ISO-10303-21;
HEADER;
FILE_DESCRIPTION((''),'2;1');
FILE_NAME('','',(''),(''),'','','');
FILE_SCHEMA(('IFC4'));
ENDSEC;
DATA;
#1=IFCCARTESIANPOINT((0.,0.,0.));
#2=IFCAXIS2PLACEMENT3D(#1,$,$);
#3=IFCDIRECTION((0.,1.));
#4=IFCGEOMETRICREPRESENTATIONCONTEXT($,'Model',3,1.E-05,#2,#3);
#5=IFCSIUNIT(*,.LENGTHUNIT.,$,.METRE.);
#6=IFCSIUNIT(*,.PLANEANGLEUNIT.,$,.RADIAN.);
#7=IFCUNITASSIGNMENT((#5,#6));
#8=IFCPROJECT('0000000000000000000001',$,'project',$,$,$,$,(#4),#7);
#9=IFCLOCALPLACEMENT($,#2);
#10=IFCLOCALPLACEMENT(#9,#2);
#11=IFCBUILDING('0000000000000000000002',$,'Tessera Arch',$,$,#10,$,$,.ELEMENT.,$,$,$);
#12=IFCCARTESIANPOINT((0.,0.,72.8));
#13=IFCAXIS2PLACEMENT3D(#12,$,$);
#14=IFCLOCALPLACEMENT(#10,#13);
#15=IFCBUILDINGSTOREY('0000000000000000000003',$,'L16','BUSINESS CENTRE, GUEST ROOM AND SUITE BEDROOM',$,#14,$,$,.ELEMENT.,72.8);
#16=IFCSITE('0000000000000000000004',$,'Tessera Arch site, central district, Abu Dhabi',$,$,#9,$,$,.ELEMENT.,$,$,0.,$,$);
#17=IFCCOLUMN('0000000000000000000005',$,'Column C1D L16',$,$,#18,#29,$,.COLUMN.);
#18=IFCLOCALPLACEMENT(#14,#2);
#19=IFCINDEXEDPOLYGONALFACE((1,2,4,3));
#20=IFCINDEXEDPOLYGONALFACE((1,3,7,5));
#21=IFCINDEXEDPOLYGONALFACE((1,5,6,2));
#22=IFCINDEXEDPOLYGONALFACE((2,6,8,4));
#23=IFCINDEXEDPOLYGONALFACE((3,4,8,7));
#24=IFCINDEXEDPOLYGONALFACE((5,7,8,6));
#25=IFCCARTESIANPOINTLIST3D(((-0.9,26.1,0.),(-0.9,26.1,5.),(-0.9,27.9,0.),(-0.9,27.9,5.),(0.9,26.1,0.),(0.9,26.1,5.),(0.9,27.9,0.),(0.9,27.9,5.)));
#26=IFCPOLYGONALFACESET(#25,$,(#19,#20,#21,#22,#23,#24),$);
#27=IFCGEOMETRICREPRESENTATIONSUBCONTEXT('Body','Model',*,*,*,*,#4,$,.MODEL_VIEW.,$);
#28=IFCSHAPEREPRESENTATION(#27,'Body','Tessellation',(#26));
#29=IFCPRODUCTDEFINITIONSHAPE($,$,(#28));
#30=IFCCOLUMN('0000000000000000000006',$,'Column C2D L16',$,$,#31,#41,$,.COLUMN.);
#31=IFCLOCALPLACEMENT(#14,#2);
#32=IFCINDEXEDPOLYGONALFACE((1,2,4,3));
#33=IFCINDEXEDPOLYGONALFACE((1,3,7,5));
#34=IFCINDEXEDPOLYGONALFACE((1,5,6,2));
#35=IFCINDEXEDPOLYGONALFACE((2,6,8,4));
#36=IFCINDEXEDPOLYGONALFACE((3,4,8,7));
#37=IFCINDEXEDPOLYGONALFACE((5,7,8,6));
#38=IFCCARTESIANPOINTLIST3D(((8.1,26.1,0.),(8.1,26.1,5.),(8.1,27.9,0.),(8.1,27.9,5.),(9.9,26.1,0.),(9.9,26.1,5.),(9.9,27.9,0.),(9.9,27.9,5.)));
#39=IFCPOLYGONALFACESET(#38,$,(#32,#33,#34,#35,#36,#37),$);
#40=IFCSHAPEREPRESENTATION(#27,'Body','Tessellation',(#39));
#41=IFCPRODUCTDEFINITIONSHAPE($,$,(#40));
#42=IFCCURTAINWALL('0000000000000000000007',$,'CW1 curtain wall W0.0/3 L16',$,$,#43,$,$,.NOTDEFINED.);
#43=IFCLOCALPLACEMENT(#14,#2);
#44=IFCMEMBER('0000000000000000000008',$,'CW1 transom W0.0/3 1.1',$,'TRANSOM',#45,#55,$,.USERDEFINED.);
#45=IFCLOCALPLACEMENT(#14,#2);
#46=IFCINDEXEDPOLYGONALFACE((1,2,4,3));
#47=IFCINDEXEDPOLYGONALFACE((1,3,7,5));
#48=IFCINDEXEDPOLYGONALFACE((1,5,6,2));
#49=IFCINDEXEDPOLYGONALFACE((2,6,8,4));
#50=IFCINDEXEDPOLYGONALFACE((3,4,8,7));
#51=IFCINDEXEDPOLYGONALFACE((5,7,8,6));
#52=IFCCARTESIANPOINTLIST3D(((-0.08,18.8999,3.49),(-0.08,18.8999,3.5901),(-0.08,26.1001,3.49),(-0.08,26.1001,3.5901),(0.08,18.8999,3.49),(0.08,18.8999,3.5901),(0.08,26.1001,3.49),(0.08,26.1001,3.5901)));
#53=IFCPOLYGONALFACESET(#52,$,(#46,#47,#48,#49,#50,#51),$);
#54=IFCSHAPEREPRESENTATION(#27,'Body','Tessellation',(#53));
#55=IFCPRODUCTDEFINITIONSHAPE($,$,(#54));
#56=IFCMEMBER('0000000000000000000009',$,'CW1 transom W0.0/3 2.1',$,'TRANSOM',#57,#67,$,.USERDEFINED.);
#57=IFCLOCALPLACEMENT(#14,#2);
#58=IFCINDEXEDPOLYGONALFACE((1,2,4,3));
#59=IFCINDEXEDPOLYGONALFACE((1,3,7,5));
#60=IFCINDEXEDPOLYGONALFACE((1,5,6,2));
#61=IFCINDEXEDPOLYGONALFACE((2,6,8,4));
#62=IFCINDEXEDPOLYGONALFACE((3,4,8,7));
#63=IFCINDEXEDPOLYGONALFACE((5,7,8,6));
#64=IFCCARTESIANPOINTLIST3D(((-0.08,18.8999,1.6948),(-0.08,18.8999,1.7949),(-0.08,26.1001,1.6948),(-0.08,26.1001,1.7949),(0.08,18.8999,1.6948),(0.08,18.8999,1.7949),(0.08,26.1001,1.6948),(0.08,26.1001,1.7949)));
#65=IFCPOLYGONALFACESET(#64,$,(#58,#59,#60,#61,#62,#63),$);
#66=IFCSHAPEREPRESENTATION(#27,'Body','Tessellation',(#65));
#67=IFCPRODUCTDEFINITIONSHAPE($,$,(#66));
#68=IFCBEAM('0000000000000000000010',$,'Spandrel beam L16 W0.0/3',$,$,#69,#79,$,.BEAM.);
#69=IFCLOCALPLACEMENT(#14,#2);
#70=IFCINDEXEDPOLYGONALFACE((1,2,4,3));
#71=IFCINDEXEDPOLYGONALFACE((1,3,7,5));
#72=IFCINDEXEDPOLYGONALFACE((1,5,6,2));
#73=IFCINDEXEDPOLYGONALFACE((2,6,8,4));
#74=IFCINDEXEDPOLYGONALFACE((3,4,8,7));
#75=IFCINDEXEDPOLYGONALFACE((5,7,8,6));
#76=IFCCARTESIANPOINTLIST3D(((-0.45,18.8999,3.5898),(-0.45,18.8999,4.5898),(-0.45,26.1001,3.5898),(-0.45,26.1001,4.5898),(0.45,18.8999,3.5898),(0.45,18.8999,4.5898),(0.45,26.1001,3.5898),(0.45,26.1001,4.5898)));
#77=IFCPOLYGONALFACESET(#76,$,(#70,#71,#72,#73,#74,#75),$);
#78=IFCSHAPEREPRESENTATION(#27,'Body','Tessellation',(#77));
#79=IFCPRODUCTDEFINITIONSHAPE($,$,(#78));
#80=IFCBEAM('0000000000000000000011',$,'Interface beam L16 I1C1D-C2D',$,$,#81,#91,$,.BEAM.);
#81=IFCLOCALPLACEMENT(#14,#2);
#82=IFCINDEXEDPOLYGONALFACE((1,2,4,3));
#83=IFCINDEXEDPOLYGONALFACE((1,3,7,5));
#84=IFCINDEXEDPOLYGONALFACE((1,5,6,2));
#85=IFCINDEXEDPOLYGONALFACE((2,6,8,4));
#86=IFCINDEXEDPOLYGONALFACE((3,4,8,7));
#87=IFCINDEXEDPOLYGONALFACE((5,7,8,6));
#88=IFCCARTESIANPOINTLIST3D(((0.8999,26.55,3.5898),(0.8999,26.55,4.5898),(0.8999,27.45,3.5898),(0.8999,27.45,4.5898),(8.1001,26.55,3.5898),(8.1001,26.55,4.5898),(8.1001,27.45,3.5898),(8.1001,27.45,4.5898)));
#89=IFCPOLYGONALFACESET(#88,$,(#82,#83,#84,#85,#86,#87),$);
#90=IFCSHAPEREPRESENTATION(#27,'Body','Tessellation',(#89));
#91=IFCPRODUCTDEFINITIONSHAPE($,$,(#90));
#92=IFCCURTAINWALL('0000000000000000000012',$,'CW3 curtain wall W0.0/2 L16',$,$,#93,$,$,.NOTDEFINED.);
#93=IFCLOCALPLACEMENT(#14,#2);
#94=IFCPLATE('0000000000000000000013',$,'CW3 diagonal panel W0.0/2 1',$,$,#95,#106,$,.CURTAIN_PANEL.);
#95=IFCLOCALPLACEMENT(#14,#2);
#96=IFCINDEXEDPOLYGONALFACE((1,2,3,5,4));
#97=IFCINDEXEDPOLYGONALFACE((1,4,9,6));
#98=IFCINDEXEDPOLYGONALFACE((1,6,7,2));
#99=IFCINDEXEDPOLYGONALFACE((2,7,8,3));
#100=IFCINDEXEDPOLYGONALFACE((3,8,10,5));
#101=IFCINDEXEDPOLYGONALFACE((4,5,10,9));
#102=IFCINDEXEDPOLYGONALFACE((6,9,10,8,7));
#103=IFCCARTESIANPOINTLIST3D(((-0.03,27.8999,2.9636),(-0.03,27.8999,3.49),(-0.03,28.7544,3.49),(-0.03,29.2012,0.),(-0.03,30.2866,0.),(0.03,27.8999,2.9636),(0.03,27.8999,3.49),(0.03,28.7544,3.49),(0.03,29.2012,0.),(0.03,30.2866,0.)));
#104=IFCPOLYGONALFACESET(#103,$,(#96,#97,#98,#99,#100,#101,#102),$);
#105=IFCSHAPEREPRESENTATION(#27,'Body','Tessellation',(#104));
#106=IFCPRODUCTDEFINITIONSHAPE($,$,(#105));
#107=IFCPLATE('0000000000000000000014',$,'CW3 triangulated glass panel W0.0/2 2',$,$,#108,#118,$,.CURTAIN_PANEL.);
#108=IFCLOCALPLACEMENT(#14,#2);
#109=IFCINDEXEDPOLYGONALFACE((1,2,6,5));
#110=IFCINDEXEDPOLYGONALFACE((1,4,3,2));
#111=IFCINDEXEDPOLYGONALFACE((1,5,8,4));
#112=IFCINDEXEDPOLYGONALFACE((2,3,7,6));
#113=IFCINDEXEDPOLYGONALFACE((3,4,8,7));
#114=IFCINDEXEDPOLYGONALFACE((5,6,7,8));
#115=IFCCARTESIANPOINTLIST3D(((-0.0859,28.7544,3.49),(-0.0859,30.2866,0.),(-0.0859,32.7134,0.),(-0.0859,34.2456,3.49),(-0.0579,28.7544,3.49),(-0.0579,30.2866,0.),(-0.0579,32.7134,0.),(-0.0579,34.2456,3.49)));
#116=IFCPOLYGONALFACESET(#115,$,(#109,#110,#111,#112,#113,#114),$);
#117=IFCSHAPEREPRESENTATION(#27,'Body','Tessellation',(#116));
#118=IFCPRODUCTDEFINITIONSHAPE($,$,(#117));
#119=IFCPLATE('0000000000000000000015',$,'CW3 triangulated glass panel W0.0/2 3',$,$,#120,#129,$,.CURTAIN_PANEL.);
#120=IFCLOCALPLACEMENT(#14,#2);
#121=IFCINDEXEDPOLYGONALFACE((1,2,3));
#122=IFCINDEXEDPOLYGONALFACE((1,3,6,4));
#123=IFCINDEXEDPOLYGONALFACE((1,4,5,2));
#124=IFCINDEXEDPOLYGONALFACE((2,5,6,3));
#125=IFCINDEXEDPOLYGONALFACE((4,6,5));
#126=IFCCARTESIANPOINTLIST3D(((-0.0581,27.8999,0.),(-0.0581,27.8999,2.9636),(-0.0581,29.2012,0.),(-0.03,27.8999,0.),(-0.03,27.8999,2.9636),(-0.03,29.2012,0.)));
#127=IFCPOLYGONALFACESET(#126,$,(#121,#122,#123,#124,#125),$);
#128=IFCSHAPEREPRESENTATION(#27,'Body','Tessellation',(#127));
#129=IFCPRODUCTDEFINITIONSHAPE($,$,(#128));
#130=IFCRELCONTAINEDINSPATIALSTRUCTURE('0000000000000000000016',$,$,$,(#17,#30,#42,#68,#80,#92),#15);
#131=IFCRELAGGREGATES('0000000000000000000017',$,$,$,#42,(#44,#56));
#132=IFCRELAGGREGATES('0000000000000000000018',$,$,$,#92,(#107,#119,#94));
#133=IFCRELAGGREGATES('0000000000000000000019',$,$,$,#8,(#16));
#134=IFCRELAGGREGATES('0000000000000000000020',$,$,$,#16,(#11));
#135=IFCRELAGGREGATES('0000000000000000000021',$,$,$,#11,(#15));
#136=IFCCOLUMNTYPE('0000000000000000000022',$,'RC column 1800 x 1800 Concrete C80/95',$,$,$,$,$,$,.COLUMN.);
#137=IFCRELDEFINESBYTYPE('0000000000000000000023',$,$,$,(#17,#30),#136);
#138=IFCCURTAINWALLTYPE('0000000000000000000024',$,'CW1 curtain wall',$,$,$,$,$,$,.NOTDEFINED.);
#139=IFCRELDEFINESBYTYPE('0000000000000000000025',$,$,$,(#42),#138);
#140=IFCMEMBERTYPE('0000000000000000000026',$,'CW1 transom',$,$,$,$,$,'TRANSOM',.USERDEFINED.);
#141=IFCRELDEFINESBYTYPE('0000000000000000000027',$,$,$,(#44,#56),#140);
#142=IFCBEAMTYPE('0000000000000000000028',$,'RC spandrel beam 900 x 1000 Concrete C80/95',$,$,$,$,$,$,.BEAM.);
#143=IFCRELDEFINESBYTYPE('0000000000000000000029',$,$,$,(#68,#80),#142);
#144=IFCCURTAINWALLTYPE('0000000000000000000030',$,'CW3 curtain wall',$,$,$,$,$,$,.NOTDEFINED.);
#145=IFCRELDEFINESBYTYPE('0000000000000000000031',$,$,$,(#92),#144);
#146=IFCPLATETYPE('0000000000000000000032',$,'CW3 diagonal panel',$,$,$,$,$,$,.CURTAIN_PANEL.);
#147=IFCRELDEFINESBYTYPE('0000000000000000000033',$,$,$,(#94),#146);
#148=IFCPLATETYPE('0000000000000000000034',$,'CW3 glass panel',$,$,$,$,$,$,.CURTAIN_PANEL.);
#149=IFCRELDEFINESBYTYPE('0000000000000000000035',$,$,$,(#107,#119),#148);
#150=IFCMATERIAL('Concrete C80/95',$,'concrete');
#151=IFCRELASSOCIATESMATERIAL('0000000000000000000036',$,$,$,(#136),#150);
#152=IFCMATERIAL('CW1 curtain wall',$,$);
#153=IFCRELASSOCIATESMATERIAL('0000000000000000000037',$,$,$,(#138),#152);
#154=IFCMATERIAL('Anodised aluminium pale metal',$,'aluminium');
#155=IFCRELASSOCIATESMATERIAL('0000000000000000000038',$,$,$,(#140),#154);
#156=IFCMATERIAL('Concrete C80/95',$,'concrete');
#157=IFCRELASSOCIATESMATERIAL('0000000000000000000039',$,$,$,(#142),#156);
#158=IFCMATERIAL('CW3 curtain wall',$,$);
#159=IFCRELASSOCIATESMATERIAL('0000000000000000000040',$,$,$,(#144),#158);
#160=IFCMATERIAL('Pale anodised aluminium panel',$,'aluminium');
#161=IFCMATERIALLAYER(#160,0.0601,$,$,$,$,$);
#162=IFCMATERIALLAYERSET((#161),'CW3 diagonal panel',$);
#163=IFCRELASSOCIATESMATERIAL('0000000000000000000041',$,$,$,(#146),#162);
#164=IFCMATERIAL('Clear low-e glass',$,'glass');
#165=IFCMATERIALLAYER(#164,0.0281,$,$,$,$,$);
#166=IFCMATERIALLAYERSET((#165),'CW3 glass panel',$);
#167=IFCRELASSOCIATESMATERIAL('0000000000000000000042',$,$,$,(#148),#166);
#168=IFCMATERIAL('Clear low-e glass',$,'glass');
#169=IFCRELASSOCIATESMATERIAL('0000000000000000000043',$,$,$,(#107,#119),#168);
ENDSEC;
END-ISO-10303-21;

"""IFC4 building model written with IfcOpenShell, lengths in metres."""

from ifc_helpers import new_model, si_unit, direction, frame, origin, origin_2d, place, context, subcontext, project, spatial, polyline, rectangle, outline, extrude, material, layer, layer_set, material_profile, profile_set, type_object, element, aggregate, save


model = new_model("IFC4")

# Units and contexts
model_context = context("Model", 3, precision=1e-05, world=origin(), true_north=direction((0.0, 1.0)))
body_context = subcontext(model_context, "Body", "Model", "MODEL_VIEW")
ifc_project = project(units=[si_unit("LENGTHUNIT", "METRE"), si_unit("PLANEANGLEUNIT", "RADIAN")], contexts=[model_context])

# Site, building, storey
site_placement = place(None, origin())
site = spatial("IfcSite", under=ifc_project, at=site_placement, Name="Tessera Arch site, central district, Abu Dhabi", CompositionType="ELEMENT", RefElevation=0.0)
building_placement = place(site_placement, origin())
building = spatial("IfcBuilding", under=site, at=building_placement, Name="Tessera Arch", CompositionType="ELEMENT")
storey_placement = place(building_placement, frame((0.0, 0.0, 72.8)))
storey = spatial("IfcBuildingStorey", under=building, at=storey_placement, Name="L16", Description="BUSINESS CENTRE, GUEST ROOM AND SUITE BEDROOM", CompositionType="ELEMENT", Elevation=72.8)

# Columns
ifc_material_1 = material(Name="Concrete C80/95", Category="concrete")
ifc_material_profile_1 = material_profile(ifc_material_1, rectangle(XDim=1.8, YDim=1.8, at=origin_2d()), Name="RC column 1800 x 1800 Concrete C80/95")
ifc_profile_set_1 = profile_set([ifc_material_profile_1], Name="Concrete C80/95")
column_type = type_object("IfcColumnType", Name="RC column 1800 x 1800 Concrete C80/95", PredefinedType="COLUMN", material=ifc_profile_set_1)
for number, where, z_axis, x_axis, name in (
    (1, (0.0, 27.0, 0.0), (0.0, 0.0, 1.0), (1.0, 0.0, 0.0), "Column C1D L16"),
    (2, (9.0, 27.0, 0.0), (0.0, 0.0, 1.0), (1.0, 0.0, 0.0), "Column C2D L16"),
):
    element("IfcColumn", number, at=place(storey_placement, frame(where, z_axis=z_axis, x_axis=x_axis)), inside=storey, type_object=column_type, Name=name, PredefinedType="COLUMN", context=body_context, shape_type="SweptSolid", body=[
        extrude(rectangle(XDim=1.8, YDim=1.8, at=origin_2d()), origin(), (0.0, 0.0, 1.0), 5.0),
    ])

# Curtain wall, members
ifc_material_2 = material(Name="CW1 curtain wall")
curtain_wall_type_1 = type_object("IfcCurtainWallType", Name="CW1 curtain wall", PredefinedType="NOTDEFINED", material=ifc_material_2)
curtain_wall_1_placement = place(storey_placement, origin())
curtain_wall_1 = element("IfcCurtainWall", 3, at=curtain_wall_1_placement, inside=storey, type_object=curtain_wall_type_1, Name="CW1 curtain wall W0.0/3 L16", PredefinedType="NOTDEFINED")
ifc_material_3 = material(Name="Anodised aluminium pale metal", Category="aluminium")
ifc_material_profile_2 = material_profile(ifc_material_3, rectangle(XDim=0.1599, YDim=0.1001, at=origin_2d()), Name="AL 160x100")
ifc_profile_set_2 = profile_set([ifc_material_profile_2], Name="Anodised aluminium pale metal")
member_type = type_object("IfcMemberType", Name="CW1 transom", ElementType="TRANSOM", PredefinedType="USERDEFINED", material=ifc_profile_set_2)
member_1_placement = place(storey_placement, frame((0.0, 26.1001, 3.54), z_axis=(0.0, -1.0, 0.0), x_axis=(1.0, 0.0, 0.0)))
member_1 = element("IfcMember", 4, at=member_1_placement, type_object=member_type, Name="CW1 transom W0.0/3 1.1", ObjectType="TRANSOM", PredefinedType="USERDEFINED", context=body_context, shape_type="SweptSolid", body=[
    extrude(rectangle(XDim=0.1599, YDim=0.1001, at=origin_2d()), origin(), (0.0, 0.0, 1.0), 7.2002),
])
member_2_placement = place(storey_placement, frame((0.0, 26.1001, 1.7449), z_axis=(0.0, -1.0, 0.0), x_axis=(1.0, 0.0, 0.0)))
member_2 = element("IfcMember", 5, at=member_2_placement, type_object=member_type, Name="CW1 transom W0.0/3 2.1", ObjectType="TRANSOM", PredefinedType="USERDEFINED", context=body_context, shape_type="SweptSolid", body=[
    extrude(rectangle(XDim=0.1599, YDim=0.1001, at=origin_2d()), origin(), (0.0, 0.0, 1.0), 7.2002),
])
aggregate(curtain_wall_1, [member_1, member_2])

# Beams
ifc_material_4 = material(Name="Concrete C80/95", Category="concrete")
ifc_material_profile_3 = material_profile(ifc_material_4, rectangle(XDim=0.8999, YDim=1.0, at=origin_2d()), Name="RC spandrel beam 900 x 1000 Concrete C80/95")
ifc_profile_set_3 = profile_set([ifc_material_profile_3], Name="Concrete C80/95")
beam_type = type_object("IfcBeamType", Name="RC spandrel beam 900 x 1000 Concrete C80/95", PredefinedType="BEAM", material=ifc_profile_set_3)
for number, where, z_axis, x_axis, name in (
    (6, (0.0, 26.1001, 4.0898), (0.0, -1.0, 0.0), (1.0, 0.0, 0.0), "Spandrel beam L16 W0.0/3"),
    (7, (0.8999, 27.0, 4.0898), (1.0, 0.0, 0.0), (0.0, 1.0, 0.0), "Interface beam L16 I1C1D-C2D"),
):
    element("IfcBeam", number, at=place(storey_placement, frame(where, z_axis=z_axis, x_axis=x_axis)), inside=storey, type_object=beam_type, Name=name, PredefinedType="BEAM", context=body_context, shape_type="SweptSolid", body=[
        extrude(rectangle(XDim=0.8999, YDim=1.0, at=origin_2d()), origin(), (0.0, 0.0, 1.0), 7.2002),
    ])

# Curtain wall, plates
ifc_material_5 = material(Name="CW3 curtain wall")
curtain_wall_type_2 = type_object("IfcCurtainWallType", Name="CW3 curtain wall", PredefinedType="NOTDEFINED", material=ifc_material_5)
curtain_wall_2_placement = place(storey_placement, origin())
curtain_wall_2 = element("IfcCurtainWall", 8, at=curtain_wall_2_placement, inside=storey, type_object=curtain_wall_type_2, Name="CW3 curtain wall W0.0/2 L16", PredefinedType="NOTDEFINED")
ifc_material_6 = material(Name="Pale anodised aluminium panel", Category="aluminium")
ifc_layer_1 = layer(ifc_material_6, 0.0601)
ifc_layer_set_1 = layer_set([ifc_layer_1], Name="CW3 diagonal panel")
plate_type_1 = type_object("IfcPlateType", Name="CW3 diagonal panel", PredefinedType="CURTAIN_PANEL", material=ifc_layer_set_1)
plate_1_placement = place(storey_placement, frame((-0.03, 27.8999, 3.49), z_axis=(-1.0, 0.0, 0.0), x_axis=(0.0, 1.0, 0.0)))
plate_1 = element("IfcPlate", 9, at=plate_1_placement, type_object=plate_type_1, Name="CW3 diagonal panel W0.0/2 1", PredefinedType="CURTAIN_PANEL", context=body_context, shape_type="SweptSolid", body=[
    extrude(outline(polyline([(0.0, 0.0), (0.8545, 0.0), (2.3867, 3.49), (1.3013, 3.49), (0.0, 0.5264), (0.0, 0.0)])), origin(), (0.0, 0.0, -1.0), 0.0601),
])
ifc_material_7 = material(Name="Clear low-e glass", Category="glass")
ifc_material_8 = material(Name="Clear low-e glass", Category="glass")
ifc_layer_2 = layer(ifc_material_8, 0.0281)
ifc_layer_set_2 = layer_set([ifc_layer_2], Name="CW3 glass panel")
plate_type_2 = type_object("IfcPlateType", Name="CW3 glass panel", PredefinedType="CURTAIN_PANEL", material=ifc_layer_set_2)
plate_2_placement = place(storey_placement, frame((-0.0859, 28.7544, 3.49), z_axis=(-1.0, 0.0, 0.0), x_axis=(0.0, 1.0, 0.0)))
plate_2 = element("IfcPlate", 10, at=plate_2_placement, type_object=plate_type_2, material=ifc_material_7, Name="CW3 triangulated glass panel W0.0/2 2", PredefinedType="CURTAIN_PANEL", context=body_context, shape_type="SweptSolid", body=[
    extrude(outline(polyline([(0.0, 0.0), (5.4912, 0.0), (3.959, 3.49), (1.5322, 3.49), (0.0, 0.0)])), origin(), (0.0, 0.0, -1.0), 0.0281),
])
plate_3_placement = place(storey_placement, frame((-0.0581, 27.8999, 0.0), z_axis=(-1.0, 0.0, 0.0), x_axis=(0.0, 0.0, 1.0)))
plate_3 = element("IfcPlate", 11, at=plate_3_placement, type_object=plate_type_2, material=ifc_material_7, Name="CW3 triangulated glass panel W0.0/2 3", PredefinedType="CURTAIN_PANEL", context=body_context, shape_type="SweptSolid", body=[
    extrude(outline(polyline([(0.0, 0.0), (2.9636, 0.0), (0.0, 1.3013), (0.0, 0.0)])), origin(), (0.0, 0.0, -1.0), 0.0281),
])
aggregate(curtain_wall_2, [plate_2, plate_3, plate_1])

save(model, "model.ifc")
